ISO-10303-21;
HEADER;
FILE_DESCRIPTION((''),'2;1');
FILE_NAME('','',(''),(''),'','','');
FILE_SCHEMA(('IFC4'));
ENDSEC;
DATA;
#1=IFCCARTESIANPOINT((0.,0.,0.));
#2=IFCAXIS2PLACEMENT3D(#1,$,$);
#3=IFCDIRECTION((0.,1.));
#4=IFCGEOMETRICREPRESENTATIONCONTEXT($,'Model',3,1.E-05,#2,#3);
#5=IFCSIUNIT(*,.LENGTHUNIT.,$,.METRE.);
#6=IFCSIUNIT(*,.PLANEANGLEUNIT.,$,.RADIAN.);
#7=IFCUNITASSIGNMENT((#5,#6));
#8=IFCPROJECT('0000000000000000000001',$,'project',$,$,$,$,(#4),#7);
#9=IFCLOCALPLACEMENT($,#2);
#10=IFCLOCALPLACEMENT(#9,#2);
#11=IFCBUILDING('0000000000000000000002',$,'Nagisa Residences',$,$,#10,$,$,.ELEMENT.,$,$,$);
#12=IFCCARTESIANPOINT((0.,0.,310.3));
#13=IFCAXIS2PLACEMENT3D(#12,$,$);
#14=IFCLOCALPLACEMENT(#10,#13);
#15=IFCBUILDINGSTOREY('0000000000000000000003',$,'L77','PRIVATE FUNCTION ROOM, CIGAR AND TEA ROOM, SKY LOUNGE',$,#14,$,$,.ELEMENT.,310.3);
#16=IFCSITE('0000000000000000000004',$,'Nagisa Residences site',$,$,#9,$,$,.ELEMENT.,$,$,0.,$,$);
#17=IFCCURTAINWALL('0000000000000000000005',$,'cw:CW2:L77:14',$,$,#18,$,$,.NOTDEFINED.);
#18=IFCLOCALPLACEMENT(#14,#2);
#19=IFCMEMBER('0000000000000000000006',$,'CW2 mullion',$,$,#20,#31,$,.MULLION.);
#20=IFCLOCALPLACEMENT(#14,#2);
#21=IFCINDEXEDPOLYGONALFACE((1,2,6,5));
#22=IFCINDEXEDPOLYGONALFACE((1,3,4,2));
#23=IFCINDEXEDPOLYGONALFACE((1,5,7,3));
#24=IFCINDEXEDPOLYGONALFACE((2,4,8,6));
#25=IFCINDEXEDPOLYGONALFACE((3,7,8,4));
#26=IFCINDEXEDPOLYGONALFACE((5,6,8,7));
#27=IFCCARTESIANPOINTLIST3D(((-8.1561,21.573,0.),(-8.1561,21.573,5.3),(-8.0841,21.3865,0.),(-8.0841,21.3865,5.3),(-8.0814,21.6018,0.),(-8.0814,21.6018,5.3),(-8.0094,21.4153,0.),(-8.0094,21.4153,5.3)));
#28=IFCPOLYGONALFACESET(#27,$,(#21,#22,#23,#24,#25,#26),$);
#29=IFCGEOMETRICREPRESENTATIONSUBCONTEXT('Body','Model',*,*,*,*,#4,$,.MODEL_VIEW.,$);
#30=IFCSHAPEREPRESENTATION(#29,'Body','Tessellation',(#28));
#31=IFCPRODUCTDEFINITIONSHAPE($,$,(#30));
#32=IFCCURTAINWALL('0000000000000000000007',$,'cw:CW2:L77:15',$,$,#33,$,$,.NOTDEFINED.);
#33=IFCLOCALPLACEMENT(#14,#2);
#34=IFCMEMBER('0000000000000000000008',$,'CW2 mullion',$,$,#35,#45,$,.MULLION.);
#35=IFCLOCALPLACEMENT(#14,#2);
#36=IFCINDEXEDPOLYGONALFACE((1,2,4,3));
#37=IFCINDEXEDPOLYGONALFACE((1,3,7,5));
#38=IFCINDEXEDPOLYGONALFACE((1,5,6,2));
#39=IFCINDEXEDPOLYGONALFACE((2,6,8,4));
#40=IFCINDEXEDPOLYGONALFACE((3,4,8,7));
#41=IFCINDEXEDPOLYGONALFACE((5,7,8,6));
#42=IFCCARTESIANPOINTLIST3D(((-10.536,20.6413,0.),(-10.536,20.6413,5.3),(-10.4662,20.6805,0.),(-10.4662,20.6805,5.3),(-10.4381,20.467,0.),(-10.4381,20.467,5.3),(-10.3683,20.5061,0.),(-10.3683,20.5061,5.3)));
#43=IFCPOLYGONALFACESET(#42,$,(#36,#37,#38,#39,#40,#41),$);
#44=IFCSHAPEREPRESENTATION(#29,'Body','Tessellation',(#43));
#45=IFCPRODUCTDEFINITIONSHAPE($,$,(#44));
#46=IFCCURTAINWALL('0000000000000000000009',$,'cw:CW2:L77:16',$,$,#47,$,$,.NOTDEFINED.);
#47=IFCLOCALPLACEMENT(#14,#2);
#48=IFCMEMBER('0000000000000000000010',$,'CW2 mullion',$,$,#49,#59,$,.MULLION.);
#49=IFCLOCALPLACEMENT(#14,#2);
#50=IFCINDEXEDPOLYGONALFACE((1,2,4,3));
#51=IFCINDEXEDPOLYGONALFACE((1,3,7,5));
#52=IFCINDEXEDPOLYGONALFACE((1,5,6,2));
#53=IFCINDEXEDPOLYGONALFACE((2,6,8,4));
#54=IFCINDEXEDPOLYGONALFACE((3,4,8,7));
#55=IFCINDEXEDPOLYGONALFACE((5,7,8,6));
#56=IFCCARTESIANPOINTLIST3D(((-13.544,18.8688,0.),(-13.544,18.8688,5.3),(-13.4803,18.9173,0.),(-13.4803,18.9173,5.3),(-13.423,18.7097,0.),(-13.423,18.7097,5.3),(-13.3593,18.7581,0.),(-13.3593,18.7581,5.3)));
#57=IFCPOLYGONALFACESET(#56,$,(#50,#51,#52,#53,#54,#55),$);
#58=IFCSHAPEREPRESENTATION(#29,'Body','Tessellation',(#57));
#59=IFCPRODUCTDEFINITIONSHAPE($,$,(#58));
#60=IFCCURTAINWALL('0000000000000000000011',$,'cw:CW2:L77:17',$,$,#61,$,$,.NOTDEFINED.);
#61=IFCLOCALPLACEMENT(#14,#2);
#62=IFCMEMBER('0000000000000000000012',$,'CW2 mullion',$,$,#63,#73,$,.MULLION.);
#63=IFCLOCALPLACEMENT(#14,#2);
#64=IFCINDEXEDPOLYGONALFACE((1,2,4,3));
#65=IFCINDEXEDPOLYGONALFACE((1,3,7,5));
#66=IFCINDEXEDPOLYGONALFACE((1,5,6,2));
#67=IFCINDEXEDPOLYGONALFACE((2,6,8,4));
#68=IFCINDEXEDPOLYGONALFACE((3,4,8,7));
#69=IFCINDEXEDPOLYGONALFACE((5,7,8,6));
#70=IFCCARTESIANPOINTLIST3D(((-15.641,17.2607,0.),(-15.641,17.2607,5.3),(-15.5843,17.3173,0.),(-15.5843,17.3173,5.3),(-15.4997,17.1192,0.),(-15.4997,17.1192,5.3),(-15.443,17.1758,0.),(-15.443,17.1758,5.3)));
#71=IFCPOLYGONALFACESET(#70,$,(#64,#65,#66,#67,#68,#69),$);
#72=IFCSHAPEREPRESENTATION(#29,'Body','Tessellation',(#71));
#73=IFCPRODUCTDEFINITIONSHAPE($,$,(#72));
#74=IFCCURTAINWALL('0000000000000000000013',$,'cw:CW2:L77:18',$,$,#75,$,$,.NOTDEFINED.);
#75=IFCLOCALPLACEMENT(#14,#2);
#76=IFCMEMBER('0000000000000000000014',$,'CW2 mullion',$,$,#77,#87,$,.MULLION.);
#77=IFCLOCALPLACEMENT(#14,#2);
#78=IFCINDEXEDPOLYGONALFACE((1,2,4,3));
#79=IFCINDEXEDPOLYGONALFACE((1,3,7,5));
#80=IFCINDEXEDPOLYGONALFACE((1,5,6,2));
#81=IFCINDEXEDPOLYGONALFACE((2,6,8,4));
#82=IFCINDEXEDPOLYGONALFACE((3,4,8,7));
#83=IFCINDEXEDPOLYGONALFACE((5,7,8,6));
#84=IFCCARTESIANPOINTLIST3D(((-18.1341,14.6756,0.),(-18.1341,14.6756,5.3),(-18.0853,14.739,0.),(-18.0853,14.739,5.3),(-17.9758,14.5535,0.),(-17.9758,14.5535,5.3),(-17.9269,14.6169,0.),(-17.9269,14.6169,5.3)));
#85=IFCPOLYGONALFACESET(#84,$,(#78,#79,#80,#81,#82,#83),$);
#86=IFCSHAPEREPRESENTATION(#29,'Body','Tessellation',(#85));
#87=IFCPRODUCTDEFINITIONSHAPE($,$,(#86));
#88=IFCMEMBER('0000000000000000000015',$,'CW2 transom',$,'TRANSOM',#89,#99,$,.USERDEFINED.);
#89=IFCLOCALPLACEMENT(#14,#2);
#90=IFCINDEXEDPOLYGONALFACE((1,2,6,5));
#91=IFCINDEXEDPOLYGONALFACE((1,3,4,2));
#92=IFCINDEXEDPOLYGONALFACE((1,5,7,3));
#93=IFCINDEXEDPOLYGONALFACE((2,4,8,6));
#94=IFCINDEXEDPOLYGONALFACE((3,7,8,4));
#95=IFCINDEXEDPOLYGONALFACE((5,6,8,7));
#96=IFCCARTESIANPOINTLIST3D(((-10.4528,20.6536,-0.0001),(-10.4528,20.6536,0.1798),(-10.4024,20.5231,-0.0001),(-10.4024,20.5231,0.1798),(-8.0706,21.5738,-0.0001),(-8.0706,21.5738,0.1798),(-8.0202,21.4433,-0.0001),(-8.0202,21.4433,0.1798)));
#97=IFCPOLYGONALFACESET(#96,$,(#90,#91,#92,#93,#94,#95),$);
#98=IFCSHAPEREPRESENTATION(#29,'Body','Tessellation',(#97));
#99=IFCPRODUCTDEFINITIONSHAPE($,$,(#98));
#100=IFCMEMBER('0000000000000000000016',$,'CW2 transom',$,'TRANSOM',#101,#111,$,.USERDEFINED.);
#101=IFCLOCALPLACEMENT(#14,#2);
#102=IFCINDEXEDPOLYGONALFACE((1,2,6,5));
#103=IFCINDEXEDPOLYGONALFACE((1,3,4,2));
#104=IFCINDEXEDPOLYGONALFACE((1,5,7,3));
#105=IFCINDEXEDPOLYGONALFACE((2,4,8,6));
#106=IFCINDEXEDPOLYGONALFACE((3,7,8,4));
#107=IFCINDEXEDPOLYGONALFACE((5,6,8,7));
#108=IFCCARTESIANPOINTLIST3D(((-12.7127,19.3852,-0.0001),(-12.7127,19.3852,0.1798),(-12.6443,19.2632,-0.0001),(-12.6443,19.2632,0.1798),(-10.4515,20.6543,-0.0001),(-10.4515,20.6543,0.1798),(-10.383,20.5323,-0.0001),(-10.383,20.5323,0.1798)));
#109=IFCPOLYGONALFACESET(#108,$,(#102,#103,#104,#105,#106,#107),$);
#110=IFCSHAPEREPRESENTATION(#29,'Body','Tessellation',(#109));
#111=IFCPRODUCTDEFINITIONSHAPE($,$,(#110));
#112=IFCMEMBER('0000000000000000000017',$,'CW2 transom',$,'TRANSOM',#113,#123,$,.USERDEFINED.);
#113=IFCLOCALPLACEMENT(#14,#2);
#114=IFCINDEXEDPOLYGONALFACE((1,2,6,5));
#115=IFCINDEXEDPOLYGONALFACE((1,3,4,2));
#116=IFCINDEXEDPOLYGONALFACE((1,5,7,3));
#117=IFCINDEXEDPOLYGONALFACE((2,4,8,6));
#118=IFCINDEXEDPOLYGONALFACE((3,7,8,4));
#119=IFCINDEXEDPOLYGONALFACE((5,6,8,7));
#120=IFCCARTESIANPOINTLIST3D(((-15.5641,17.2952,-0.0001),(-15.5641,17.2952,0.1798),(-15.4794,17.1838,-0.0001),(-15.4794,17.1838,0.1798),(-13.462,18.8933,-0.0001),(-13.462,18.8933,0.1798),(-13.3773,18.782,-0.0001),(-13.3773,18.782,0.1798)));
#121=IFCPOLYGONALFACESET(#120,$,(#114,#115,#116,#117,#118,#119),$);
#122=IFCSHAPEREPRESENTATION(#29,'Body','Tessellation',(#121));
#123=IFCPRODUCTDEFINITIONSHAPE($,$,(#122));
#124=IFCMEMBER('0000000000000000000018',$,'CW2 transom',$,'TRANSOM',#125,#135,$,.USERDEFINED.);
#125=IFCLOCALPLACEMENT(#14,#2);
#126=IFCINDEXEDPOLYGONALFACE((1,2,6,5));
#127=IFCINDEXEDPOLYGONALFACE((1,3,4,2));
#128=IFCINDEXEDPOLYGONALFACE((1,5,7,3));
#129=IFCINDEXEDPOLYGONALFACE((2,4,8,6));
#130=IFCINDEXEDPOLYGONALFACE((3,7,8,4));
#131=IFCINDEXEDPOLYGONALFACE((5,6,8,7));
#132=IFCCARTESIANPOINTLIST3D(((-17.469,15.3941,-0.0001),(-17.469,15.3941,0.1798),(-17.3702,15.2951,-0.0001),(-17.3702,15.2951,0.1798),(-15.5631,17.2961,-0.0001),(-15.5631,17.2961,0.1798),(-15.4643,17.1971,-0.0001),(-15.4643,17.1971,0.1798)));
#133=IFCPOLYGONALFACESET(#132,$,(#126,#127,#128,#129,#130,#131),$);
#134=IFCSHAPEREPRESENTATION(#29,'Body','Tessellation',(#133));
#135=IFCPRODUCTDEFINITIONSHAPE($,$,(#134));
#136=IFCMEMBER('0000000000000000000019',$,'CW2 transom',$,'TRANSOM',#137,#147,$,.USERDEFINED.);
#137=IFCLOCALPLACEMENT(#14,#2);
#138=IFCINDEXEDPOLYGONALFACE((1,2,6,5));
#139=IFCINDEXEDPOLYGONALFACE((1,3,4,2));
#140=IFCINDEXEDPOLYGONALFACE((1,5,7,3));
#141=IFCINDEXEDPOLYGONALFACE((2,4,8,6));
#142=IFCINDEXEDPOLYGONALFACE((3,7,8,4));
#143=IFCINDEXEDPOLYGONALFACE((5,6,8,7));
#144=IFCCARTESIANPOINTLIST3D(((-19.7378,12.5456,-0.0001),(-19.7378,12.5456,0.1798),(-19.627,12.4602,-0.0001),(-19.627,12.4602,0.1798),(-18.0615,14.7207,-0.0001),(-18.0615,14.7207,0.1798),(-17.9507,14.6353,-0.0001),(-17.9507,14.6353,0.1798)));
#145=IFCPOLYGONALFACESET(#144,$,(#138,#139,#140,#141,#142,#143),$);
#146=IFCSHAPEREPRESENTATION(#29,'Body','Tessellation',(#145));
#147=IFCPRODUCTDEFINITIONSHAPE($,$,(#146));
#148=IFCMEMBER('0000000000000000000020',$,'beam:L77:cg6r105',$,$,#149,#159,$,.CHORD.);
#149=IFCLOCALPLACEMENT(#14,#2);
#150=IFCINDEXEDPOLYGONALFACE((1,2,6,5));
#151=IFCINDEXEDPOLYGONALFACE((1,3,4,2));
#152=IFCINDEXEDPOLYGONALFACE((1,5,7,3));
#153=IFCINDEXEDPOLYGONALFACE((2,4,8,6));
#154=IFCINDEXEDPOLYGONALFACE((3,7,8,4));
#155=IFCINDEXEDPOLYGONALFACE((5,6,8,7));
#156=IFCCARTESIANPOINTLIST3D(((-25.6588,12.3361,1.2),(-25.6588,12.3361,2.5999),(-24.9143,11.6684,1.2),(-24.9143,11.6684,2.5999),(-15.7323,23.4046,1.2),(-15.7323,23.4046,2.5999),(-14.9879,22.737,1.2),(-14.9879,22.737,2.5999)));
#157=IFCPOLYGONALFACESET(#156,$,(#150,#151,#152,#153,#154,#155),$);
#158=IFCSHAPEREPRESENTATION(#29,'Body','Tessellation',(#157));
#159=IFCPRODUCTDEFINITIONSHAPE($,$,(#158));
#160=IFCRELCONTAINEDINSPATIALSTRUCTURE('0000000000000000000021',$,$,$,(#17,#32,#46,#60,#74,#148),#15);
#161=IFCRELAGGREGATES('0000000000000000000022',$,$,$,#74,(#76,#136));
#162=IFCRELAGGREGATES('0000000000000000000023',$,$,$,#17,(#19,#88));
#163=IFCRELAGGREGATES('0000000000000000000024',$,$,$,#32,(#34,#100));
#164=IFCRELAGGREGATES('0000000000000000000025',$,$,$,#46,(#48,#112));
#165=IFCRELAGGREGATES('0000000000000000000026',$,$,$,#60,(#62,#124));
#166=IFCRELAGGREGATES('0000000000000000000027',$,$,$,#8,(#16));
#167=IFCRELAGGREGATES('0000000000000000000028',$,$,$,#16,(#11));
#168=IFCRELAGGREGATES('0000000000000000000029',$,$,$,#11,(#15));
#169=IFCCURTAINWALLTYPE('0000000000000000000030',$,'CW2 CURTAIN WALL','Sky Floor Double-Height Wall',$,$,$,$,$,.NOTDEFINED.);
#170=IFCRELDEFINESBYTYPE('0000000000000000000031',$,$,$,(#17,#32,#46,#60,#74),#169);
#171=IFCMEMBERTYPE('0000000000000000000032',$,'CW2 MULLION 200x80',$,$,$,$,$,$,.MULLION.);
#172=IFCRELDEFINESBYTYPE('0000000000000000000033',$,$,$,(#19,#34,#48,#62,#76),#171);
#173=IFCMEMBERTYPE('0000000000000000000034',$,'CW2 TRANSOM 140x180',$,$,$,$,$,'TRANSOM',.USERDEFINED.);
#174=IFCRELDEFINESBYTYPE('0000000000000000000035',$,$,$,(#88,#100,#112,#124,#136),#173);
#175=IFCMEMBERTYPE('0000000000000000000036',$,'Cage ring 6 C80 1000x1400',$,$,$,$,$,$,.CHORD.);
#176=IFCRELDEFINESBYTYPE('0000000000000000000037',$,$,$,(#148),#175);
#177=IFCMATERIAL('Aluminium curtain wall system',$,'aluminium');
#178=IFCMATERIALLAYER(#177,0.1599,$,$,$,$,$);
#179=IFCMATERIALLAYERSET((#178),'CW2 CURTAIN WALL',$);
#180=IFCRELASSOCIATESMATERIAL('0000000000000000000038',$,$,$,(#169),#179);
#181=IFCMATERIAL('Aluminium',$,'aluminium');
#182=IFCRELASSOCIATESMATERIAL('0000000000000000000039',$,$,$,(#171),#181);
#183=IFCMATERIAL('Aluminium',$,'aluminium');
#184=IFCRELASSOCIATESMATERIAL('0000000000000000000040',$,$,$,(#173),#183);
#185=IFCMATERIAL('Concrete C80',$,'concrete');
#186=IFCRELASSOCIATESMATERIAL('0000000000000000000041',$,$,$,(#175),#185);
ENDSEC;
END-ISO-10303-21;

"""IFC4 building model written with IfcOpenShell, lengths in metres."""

from ifc_helpers import new_model, si_unit, direction, frame, origin, origin_2d, place, context, subcontext, project, spatial, rectangle, extrude, material, layer, layer_set, material_profile, profile_set, type_object, element, aggregate, save


model = new_model("IFC4")

# Units and contexts
model_context = context("Model", 3, precision=1e-05, world=origin(), true_north=direction((0.0, 1.0)))
body_context = subcontext(model_context, "Body", "Model", "MODEL_VIEW")
ifc_project = project(units=[si_unit("LENGTHUNIT", "METRE"), si_unit("PLANEANGLEUNIT", "RADIAN")], contexts=[model_context])

# Site, building, storey
site_placement = place(None, origin())
site = spatial("IfcSite", under=ifc_project, at=site_placement, Name="Nagisa Residences site", CompositionType="ELEMENT", RefElevation=0.0)
building_placement = place(site_placement, origin())
building = spatial("IfcBuilding", under=site, at=building_placement, Name="Nagisa Residences", CompositionType="ELEMENT")
storey_placement = place(building_placement, frame((0.0, 0.0, 310.3)))
storey = spatial("IfcBuildingStorey", under=building, at=storey_placement, Name="L77", Description="PRIVATE FUNCTION ROOM, CIGAR AND TEA ROOM, SKY LOUNGE", CompositionType="ELEMENT", Elevation=310.3)

# Curtain walls, members
ifc_material_1 = material(Name="Aluminium curtain wall system", Category="aluminium")
ifc_layer_1 = layer(ifc_material_1, 0.1599)
ifc_layer_set_1 = layer_set([ifc_layer_1], Name="CW2 CURTAIN WALL")
curtain_wall_type = type_object("IfcCurtainWallType", Name="CW2 CURTAIN WALL", Description="Sky Floor Double-Height Wall", PredefinedType="NOTDEFINED", material=ifc_layer_set_1)
curtain_wall_1_placement = place(storey_placement, origin())
curtain_wall_1 = element("IfcCurtainWall", 1, at=curtain_wall_1_placement, inside=storey, type_object=curtain_wall_type, Name="cw:CW2:L77:14", PredefinedType="NOTDEFINED")
ifc_material_2 = material(Name="Aluminium", Category="aluminium")
ifc_material_profile_1 = material_profile(ifc_material_2, rectangle(XDim=0.2, YDim=0.0801, at=origin_2d()), Name="CW2 MULLION 200x80")
ifc_profile_set_1 = profile_set([ifc_material_profile_1], Name="Aluminium")
member_type_1 = type_object("IfcMemberType", Name="CW2 MULLION 200x80", PredefinedType="MULLION", material=ifc_profile_set_1)
member_1_placement = place(storey_placement, frame((-8.0828, 21.4941, 0.0), z_axis=(0.0, 0.0, 1.0), x_axis=(0.360328, -0.932826, 0.0)))
member_1 = element("IfcMember", 2, at=member_1_placement, type_object=member_type_1, Name="CW2 mullion", PredefinedType="MULLION", context=body_context, shape_type="SweptSolid", body=[
    extrude(rectangle(XDim=0.2, YDim=0.0801, at=origin_2d()), origin(), (0.0, 0.0, 1.0), 5.3),
])
curtain_wall_2_placement = place(storey_placement, origin())
curtain_wall_2 = element("IfcCurtainWall", 3, at=curtain_wall_2_placement, inside=storey, type_object=curtain_wall_type, Name="cw:CW2:L77:15", PredefinedType="NOTDEFINED")
member_2_placement = place(storey_placement, frame((-10.4521, 20.5737, 0.0), z_axis=(0.0, 0.0, 1.0), x_axis=(0.489377, -0.872072, 0.0)))
member_2 = element("IfcMember", 4, at=member_2_placement, type_object=member_type_1, Name="CW2 mullion", PredefinedType="MULLION", context=body_context, shape_type="SweptSolid", body=[
    extrude(rectangle(XDim=0.2, YDim=0.0801, at=origin_2d()), origin(), (0.0, 0.0, 1.0), 5.3),
])
curtain_wall_3_placement = place(storey_placement, origin())
curtain_wall_3 = element("IfcCurtainWall", 5, at=curtain_wall_3_placement, inside=storey, type_object=curtain_wall_type, Name="cw:CW2:L77:16", PredefinedType="NOTDEFINED")
member_3_placement = place(storey_placement, frame((-13.4517, 18.8135, 0.0), z_axis=(0.0, 0.0, 1.0), x_axis=(0.605255, -0.796031, 0.0)))
member_3 = element("IfcMember", 6, at=member_3_placement, type_object=member_type_1, Name="CW2 mullion", PredefinedType="MULLION", context=body_context, shape_type="SweptSolid", body=[
    extrude(rectangle(XDim=0.2, YDim=0.0801, at=origin_2d()), origin(), (0.0, 0.0, 1.0), 5.3),
])
curtain_wall_4_placement = place(storey_placement, origin())
curtain_wall_4 = element("IfcCurtainWall", 7, at=curtain_wall_4_placement, inside=storey, type_object=curtain_wall_type, Name="cw:CW2:L77:17", PredefinedType="NOTDEFINED")
member_4_placement = place(storey_placement, frame((-15.542, 17.2183, 0.0), z_axis=(0.0, 0.0, 1.0), x_axis=(0.706377, -0.707836, 0.0)))
member_4 = element("IfcMember", 8, at=member_4_placement, type_object=member_type_1, Name="CW2 mullion", PredefinedType="MULLION", context=body_context, shape_type="SweptSolid", body=[
    extrude(rectangle(XDim=0.2, YDim=0.0801, at=origin_2d()), origin(), (0.0, 0.0, 1.0), 5.3),
])
curtain_wall_5_placement = place(storey_placement, origin())
curtain_wall_5 = element("IfcCurtainWall", 9, at=curtain_wall_5_placement, inside=storey, type_object=curtain_wall_type, Name="cw:CW2:L77:18", PredefinedType="NOTDEFINED")
member_5_placement = place(storey_placement, frame((-18.0305, 14.6462, 0.0), z_axis=(0.0, 0.0, 1.0), x_axis=(0.79207, -0.61043, 0.0)))
member_5 = element("IfcMember", 10, at=member_5_placement, type_object=member_type_1, Name="CW2 mullion", PredefinedType="MULLION", context=body_context, shape_type="SweptSolid", body=[
    extrude(rectangle(XDim=0.2, YDim=0.0801, at=origin_2d()), origin(), (0.0, 0.0, 1.0), 5.3),
])

# Members
ifc_material_3 = material(Name="Aluminium", Category="aluminium")
ifc_material_profile_2 = material_profile(ifc_material_3, rectangle(XDim=0.1399, YDim=0.1799, at=origin_2d()), Name="CW2 TRANSOM 140x180")
ifc_profile_set_2 = profile_set([ifc_material_profile_2], Name="Aluminium")
member_type_2 = type_object("IfcMemberType", Name="CW2 TRANSOM 140x180", ElementType="TRANSOM", PredefinedType="USERDEFINED", material=ifc_profile_set_2)
member_6_placement = place(storey_placement, frame((-8.0454, 21.5085, 0.0898), z_axis=(-0.932822, -0.360337, 0.0), x_axis=(0.360337, -0.932822, 0.0)))
member_6 = element("IfcMember", 11, at=member_6_placement, type_object=member_type_2, Name="CW2 transom", ObjectType="TRANSOM", PredefinedType="USERDEFINED", context=body_context, shape_type="SweptSolid", body=[
    extrude(rectangle(XDim=0.1399, YDim=0.1799, at=origin_2d()), origin(), (0.0, 0.0, 1.0), 2.5537),
])
member_7_placement = place(storey_placement, frame((-10.4172, 20.5933, 0.0898), z_axis=(-0.872053, -0.489412, 0.0), x_axis=(0.489412, -0.872053, 0.0)))
member_7 = element("IfcMember", 12, at=member_7_placement, type_object=member_type_2, Name="CW2 transom", ObjectType="TRANSOM", PredefinedType="USERDEFINED", context=body_context, shape_type="SweptSolid", body=[
    extrude(rectangle(XDim=0.1399, YDim=0.1799, at=origin_2d()), origin(), (0.0, 0.0, 1.0), 2.593),
])
member_8_placement = place(storey_placement, frame((-13.4197, 18.8376, 0.0898), z_axis=(-0.796055, -0.605224, 0.0), x_axis=(0.605224, -0.796055, 0.0)))
member_8 = element("IfcMember", 13, at=member_8_placement, type_object=member_type_2, Name="CW2 transom", ObjectType="TRANSOM", PredefinedType="USERDEFINED", context=body_context, shape_type="SweptSolid", body=[
    extrude(rectangle(XDim=0.1399, YDim=0.1799, at=origin_2d()), origin(), (0.0, 0.0, 1.0), 2.6406),
])
member_9_placement = place(storey_placement, frame((-15.5137, 17.2466, 0.0898), z_axis=(-0.707832, -0.706381, 0.0), x_axis=(0.706381, -0.707832, 0.0)))
member_9 = element("IfcMember", 14, at=member_9_placement, type_object=member_type_2, Name="CW2 transom", ObjectType="TRANSOM", PredefinedType="USERDEFINED", context=body_context, shape_type="SweptSolid", body=[
    extrude(rectangle(XDim=0.1399, YDim=0.1799, at=origin_2d()), origin(), (0.0, 0.0, 1.0), 2.6926),
])
member_10_placement = place(storey_placement, frame((-18.0061, 14.678, 0.0898), z_axis=(-0.610432, -0.792068, 0.0), x_axis=(0.792068, -0.610432, 0.0)))
member_10 = element("IfcMember", 15, at=member_10_placement, type_object=member_type_2, Name="CW2 transom", ObjectType="TRANSOM", PredefinedType="USERDEFINED", context=body_context, shape_type="SweptSolid", body=[
    extrude(rectangle(XDim=0.1399, YDim=0.1799, at=origin_2d()), origin(), (0.0, 0.0, 1.0), 2.7461),
])
aggregate(curtain_wall_5, [member_5, member_10])

# Member
ifc_material_4 = material(Name="Concrete C80", Category="concrete")
ifc_material_profile_3 = material_profile(ifc_material_4, rectangle(XDim=1.0, YDim=1.3999, at=origin_2d()), Name="C80 1000x1400")
ifc_profile_set_3 = profile_set([ifc_material_profile_3], Name="Concrete C80")
member_type_3 = type_object("IfcMemberType", Name="Cage ring 6 C80 1000x1400", PredefinedType="CHORD", material=ifc_profile_set_3)
member_11_placement = place(storey_placement, frame((-15.3601, 23.0708, 1.8999), z_axis=(-0.667655, -0.744471, 0.0), x_axis=(0.744471, -0.667655, 0.0)))
element("IfcMember", 16, at=member_11_placement, inside=storey, type_object=member_type_3, Name="beam:L77:cg6r105", PredefinedType="CHORD", context=body_context, shape_type="SweptSolid", body=[
    extrude(rectangle(XDim=1.0, YDim=1.3999, at=origin_2d()), origin(), (0.0, 0.0, 1.0), 14.8677),
])

aggregate(curtain_wall_1, [member_1, member_6])
aggregate(curtain_wall_2, [member_2, member_7])
aggregate(curtain_wall_3, [member_3, member_8])
aggregate(curtain_wall_4, [member_4, member_9])

save(model, "model.ifc")
